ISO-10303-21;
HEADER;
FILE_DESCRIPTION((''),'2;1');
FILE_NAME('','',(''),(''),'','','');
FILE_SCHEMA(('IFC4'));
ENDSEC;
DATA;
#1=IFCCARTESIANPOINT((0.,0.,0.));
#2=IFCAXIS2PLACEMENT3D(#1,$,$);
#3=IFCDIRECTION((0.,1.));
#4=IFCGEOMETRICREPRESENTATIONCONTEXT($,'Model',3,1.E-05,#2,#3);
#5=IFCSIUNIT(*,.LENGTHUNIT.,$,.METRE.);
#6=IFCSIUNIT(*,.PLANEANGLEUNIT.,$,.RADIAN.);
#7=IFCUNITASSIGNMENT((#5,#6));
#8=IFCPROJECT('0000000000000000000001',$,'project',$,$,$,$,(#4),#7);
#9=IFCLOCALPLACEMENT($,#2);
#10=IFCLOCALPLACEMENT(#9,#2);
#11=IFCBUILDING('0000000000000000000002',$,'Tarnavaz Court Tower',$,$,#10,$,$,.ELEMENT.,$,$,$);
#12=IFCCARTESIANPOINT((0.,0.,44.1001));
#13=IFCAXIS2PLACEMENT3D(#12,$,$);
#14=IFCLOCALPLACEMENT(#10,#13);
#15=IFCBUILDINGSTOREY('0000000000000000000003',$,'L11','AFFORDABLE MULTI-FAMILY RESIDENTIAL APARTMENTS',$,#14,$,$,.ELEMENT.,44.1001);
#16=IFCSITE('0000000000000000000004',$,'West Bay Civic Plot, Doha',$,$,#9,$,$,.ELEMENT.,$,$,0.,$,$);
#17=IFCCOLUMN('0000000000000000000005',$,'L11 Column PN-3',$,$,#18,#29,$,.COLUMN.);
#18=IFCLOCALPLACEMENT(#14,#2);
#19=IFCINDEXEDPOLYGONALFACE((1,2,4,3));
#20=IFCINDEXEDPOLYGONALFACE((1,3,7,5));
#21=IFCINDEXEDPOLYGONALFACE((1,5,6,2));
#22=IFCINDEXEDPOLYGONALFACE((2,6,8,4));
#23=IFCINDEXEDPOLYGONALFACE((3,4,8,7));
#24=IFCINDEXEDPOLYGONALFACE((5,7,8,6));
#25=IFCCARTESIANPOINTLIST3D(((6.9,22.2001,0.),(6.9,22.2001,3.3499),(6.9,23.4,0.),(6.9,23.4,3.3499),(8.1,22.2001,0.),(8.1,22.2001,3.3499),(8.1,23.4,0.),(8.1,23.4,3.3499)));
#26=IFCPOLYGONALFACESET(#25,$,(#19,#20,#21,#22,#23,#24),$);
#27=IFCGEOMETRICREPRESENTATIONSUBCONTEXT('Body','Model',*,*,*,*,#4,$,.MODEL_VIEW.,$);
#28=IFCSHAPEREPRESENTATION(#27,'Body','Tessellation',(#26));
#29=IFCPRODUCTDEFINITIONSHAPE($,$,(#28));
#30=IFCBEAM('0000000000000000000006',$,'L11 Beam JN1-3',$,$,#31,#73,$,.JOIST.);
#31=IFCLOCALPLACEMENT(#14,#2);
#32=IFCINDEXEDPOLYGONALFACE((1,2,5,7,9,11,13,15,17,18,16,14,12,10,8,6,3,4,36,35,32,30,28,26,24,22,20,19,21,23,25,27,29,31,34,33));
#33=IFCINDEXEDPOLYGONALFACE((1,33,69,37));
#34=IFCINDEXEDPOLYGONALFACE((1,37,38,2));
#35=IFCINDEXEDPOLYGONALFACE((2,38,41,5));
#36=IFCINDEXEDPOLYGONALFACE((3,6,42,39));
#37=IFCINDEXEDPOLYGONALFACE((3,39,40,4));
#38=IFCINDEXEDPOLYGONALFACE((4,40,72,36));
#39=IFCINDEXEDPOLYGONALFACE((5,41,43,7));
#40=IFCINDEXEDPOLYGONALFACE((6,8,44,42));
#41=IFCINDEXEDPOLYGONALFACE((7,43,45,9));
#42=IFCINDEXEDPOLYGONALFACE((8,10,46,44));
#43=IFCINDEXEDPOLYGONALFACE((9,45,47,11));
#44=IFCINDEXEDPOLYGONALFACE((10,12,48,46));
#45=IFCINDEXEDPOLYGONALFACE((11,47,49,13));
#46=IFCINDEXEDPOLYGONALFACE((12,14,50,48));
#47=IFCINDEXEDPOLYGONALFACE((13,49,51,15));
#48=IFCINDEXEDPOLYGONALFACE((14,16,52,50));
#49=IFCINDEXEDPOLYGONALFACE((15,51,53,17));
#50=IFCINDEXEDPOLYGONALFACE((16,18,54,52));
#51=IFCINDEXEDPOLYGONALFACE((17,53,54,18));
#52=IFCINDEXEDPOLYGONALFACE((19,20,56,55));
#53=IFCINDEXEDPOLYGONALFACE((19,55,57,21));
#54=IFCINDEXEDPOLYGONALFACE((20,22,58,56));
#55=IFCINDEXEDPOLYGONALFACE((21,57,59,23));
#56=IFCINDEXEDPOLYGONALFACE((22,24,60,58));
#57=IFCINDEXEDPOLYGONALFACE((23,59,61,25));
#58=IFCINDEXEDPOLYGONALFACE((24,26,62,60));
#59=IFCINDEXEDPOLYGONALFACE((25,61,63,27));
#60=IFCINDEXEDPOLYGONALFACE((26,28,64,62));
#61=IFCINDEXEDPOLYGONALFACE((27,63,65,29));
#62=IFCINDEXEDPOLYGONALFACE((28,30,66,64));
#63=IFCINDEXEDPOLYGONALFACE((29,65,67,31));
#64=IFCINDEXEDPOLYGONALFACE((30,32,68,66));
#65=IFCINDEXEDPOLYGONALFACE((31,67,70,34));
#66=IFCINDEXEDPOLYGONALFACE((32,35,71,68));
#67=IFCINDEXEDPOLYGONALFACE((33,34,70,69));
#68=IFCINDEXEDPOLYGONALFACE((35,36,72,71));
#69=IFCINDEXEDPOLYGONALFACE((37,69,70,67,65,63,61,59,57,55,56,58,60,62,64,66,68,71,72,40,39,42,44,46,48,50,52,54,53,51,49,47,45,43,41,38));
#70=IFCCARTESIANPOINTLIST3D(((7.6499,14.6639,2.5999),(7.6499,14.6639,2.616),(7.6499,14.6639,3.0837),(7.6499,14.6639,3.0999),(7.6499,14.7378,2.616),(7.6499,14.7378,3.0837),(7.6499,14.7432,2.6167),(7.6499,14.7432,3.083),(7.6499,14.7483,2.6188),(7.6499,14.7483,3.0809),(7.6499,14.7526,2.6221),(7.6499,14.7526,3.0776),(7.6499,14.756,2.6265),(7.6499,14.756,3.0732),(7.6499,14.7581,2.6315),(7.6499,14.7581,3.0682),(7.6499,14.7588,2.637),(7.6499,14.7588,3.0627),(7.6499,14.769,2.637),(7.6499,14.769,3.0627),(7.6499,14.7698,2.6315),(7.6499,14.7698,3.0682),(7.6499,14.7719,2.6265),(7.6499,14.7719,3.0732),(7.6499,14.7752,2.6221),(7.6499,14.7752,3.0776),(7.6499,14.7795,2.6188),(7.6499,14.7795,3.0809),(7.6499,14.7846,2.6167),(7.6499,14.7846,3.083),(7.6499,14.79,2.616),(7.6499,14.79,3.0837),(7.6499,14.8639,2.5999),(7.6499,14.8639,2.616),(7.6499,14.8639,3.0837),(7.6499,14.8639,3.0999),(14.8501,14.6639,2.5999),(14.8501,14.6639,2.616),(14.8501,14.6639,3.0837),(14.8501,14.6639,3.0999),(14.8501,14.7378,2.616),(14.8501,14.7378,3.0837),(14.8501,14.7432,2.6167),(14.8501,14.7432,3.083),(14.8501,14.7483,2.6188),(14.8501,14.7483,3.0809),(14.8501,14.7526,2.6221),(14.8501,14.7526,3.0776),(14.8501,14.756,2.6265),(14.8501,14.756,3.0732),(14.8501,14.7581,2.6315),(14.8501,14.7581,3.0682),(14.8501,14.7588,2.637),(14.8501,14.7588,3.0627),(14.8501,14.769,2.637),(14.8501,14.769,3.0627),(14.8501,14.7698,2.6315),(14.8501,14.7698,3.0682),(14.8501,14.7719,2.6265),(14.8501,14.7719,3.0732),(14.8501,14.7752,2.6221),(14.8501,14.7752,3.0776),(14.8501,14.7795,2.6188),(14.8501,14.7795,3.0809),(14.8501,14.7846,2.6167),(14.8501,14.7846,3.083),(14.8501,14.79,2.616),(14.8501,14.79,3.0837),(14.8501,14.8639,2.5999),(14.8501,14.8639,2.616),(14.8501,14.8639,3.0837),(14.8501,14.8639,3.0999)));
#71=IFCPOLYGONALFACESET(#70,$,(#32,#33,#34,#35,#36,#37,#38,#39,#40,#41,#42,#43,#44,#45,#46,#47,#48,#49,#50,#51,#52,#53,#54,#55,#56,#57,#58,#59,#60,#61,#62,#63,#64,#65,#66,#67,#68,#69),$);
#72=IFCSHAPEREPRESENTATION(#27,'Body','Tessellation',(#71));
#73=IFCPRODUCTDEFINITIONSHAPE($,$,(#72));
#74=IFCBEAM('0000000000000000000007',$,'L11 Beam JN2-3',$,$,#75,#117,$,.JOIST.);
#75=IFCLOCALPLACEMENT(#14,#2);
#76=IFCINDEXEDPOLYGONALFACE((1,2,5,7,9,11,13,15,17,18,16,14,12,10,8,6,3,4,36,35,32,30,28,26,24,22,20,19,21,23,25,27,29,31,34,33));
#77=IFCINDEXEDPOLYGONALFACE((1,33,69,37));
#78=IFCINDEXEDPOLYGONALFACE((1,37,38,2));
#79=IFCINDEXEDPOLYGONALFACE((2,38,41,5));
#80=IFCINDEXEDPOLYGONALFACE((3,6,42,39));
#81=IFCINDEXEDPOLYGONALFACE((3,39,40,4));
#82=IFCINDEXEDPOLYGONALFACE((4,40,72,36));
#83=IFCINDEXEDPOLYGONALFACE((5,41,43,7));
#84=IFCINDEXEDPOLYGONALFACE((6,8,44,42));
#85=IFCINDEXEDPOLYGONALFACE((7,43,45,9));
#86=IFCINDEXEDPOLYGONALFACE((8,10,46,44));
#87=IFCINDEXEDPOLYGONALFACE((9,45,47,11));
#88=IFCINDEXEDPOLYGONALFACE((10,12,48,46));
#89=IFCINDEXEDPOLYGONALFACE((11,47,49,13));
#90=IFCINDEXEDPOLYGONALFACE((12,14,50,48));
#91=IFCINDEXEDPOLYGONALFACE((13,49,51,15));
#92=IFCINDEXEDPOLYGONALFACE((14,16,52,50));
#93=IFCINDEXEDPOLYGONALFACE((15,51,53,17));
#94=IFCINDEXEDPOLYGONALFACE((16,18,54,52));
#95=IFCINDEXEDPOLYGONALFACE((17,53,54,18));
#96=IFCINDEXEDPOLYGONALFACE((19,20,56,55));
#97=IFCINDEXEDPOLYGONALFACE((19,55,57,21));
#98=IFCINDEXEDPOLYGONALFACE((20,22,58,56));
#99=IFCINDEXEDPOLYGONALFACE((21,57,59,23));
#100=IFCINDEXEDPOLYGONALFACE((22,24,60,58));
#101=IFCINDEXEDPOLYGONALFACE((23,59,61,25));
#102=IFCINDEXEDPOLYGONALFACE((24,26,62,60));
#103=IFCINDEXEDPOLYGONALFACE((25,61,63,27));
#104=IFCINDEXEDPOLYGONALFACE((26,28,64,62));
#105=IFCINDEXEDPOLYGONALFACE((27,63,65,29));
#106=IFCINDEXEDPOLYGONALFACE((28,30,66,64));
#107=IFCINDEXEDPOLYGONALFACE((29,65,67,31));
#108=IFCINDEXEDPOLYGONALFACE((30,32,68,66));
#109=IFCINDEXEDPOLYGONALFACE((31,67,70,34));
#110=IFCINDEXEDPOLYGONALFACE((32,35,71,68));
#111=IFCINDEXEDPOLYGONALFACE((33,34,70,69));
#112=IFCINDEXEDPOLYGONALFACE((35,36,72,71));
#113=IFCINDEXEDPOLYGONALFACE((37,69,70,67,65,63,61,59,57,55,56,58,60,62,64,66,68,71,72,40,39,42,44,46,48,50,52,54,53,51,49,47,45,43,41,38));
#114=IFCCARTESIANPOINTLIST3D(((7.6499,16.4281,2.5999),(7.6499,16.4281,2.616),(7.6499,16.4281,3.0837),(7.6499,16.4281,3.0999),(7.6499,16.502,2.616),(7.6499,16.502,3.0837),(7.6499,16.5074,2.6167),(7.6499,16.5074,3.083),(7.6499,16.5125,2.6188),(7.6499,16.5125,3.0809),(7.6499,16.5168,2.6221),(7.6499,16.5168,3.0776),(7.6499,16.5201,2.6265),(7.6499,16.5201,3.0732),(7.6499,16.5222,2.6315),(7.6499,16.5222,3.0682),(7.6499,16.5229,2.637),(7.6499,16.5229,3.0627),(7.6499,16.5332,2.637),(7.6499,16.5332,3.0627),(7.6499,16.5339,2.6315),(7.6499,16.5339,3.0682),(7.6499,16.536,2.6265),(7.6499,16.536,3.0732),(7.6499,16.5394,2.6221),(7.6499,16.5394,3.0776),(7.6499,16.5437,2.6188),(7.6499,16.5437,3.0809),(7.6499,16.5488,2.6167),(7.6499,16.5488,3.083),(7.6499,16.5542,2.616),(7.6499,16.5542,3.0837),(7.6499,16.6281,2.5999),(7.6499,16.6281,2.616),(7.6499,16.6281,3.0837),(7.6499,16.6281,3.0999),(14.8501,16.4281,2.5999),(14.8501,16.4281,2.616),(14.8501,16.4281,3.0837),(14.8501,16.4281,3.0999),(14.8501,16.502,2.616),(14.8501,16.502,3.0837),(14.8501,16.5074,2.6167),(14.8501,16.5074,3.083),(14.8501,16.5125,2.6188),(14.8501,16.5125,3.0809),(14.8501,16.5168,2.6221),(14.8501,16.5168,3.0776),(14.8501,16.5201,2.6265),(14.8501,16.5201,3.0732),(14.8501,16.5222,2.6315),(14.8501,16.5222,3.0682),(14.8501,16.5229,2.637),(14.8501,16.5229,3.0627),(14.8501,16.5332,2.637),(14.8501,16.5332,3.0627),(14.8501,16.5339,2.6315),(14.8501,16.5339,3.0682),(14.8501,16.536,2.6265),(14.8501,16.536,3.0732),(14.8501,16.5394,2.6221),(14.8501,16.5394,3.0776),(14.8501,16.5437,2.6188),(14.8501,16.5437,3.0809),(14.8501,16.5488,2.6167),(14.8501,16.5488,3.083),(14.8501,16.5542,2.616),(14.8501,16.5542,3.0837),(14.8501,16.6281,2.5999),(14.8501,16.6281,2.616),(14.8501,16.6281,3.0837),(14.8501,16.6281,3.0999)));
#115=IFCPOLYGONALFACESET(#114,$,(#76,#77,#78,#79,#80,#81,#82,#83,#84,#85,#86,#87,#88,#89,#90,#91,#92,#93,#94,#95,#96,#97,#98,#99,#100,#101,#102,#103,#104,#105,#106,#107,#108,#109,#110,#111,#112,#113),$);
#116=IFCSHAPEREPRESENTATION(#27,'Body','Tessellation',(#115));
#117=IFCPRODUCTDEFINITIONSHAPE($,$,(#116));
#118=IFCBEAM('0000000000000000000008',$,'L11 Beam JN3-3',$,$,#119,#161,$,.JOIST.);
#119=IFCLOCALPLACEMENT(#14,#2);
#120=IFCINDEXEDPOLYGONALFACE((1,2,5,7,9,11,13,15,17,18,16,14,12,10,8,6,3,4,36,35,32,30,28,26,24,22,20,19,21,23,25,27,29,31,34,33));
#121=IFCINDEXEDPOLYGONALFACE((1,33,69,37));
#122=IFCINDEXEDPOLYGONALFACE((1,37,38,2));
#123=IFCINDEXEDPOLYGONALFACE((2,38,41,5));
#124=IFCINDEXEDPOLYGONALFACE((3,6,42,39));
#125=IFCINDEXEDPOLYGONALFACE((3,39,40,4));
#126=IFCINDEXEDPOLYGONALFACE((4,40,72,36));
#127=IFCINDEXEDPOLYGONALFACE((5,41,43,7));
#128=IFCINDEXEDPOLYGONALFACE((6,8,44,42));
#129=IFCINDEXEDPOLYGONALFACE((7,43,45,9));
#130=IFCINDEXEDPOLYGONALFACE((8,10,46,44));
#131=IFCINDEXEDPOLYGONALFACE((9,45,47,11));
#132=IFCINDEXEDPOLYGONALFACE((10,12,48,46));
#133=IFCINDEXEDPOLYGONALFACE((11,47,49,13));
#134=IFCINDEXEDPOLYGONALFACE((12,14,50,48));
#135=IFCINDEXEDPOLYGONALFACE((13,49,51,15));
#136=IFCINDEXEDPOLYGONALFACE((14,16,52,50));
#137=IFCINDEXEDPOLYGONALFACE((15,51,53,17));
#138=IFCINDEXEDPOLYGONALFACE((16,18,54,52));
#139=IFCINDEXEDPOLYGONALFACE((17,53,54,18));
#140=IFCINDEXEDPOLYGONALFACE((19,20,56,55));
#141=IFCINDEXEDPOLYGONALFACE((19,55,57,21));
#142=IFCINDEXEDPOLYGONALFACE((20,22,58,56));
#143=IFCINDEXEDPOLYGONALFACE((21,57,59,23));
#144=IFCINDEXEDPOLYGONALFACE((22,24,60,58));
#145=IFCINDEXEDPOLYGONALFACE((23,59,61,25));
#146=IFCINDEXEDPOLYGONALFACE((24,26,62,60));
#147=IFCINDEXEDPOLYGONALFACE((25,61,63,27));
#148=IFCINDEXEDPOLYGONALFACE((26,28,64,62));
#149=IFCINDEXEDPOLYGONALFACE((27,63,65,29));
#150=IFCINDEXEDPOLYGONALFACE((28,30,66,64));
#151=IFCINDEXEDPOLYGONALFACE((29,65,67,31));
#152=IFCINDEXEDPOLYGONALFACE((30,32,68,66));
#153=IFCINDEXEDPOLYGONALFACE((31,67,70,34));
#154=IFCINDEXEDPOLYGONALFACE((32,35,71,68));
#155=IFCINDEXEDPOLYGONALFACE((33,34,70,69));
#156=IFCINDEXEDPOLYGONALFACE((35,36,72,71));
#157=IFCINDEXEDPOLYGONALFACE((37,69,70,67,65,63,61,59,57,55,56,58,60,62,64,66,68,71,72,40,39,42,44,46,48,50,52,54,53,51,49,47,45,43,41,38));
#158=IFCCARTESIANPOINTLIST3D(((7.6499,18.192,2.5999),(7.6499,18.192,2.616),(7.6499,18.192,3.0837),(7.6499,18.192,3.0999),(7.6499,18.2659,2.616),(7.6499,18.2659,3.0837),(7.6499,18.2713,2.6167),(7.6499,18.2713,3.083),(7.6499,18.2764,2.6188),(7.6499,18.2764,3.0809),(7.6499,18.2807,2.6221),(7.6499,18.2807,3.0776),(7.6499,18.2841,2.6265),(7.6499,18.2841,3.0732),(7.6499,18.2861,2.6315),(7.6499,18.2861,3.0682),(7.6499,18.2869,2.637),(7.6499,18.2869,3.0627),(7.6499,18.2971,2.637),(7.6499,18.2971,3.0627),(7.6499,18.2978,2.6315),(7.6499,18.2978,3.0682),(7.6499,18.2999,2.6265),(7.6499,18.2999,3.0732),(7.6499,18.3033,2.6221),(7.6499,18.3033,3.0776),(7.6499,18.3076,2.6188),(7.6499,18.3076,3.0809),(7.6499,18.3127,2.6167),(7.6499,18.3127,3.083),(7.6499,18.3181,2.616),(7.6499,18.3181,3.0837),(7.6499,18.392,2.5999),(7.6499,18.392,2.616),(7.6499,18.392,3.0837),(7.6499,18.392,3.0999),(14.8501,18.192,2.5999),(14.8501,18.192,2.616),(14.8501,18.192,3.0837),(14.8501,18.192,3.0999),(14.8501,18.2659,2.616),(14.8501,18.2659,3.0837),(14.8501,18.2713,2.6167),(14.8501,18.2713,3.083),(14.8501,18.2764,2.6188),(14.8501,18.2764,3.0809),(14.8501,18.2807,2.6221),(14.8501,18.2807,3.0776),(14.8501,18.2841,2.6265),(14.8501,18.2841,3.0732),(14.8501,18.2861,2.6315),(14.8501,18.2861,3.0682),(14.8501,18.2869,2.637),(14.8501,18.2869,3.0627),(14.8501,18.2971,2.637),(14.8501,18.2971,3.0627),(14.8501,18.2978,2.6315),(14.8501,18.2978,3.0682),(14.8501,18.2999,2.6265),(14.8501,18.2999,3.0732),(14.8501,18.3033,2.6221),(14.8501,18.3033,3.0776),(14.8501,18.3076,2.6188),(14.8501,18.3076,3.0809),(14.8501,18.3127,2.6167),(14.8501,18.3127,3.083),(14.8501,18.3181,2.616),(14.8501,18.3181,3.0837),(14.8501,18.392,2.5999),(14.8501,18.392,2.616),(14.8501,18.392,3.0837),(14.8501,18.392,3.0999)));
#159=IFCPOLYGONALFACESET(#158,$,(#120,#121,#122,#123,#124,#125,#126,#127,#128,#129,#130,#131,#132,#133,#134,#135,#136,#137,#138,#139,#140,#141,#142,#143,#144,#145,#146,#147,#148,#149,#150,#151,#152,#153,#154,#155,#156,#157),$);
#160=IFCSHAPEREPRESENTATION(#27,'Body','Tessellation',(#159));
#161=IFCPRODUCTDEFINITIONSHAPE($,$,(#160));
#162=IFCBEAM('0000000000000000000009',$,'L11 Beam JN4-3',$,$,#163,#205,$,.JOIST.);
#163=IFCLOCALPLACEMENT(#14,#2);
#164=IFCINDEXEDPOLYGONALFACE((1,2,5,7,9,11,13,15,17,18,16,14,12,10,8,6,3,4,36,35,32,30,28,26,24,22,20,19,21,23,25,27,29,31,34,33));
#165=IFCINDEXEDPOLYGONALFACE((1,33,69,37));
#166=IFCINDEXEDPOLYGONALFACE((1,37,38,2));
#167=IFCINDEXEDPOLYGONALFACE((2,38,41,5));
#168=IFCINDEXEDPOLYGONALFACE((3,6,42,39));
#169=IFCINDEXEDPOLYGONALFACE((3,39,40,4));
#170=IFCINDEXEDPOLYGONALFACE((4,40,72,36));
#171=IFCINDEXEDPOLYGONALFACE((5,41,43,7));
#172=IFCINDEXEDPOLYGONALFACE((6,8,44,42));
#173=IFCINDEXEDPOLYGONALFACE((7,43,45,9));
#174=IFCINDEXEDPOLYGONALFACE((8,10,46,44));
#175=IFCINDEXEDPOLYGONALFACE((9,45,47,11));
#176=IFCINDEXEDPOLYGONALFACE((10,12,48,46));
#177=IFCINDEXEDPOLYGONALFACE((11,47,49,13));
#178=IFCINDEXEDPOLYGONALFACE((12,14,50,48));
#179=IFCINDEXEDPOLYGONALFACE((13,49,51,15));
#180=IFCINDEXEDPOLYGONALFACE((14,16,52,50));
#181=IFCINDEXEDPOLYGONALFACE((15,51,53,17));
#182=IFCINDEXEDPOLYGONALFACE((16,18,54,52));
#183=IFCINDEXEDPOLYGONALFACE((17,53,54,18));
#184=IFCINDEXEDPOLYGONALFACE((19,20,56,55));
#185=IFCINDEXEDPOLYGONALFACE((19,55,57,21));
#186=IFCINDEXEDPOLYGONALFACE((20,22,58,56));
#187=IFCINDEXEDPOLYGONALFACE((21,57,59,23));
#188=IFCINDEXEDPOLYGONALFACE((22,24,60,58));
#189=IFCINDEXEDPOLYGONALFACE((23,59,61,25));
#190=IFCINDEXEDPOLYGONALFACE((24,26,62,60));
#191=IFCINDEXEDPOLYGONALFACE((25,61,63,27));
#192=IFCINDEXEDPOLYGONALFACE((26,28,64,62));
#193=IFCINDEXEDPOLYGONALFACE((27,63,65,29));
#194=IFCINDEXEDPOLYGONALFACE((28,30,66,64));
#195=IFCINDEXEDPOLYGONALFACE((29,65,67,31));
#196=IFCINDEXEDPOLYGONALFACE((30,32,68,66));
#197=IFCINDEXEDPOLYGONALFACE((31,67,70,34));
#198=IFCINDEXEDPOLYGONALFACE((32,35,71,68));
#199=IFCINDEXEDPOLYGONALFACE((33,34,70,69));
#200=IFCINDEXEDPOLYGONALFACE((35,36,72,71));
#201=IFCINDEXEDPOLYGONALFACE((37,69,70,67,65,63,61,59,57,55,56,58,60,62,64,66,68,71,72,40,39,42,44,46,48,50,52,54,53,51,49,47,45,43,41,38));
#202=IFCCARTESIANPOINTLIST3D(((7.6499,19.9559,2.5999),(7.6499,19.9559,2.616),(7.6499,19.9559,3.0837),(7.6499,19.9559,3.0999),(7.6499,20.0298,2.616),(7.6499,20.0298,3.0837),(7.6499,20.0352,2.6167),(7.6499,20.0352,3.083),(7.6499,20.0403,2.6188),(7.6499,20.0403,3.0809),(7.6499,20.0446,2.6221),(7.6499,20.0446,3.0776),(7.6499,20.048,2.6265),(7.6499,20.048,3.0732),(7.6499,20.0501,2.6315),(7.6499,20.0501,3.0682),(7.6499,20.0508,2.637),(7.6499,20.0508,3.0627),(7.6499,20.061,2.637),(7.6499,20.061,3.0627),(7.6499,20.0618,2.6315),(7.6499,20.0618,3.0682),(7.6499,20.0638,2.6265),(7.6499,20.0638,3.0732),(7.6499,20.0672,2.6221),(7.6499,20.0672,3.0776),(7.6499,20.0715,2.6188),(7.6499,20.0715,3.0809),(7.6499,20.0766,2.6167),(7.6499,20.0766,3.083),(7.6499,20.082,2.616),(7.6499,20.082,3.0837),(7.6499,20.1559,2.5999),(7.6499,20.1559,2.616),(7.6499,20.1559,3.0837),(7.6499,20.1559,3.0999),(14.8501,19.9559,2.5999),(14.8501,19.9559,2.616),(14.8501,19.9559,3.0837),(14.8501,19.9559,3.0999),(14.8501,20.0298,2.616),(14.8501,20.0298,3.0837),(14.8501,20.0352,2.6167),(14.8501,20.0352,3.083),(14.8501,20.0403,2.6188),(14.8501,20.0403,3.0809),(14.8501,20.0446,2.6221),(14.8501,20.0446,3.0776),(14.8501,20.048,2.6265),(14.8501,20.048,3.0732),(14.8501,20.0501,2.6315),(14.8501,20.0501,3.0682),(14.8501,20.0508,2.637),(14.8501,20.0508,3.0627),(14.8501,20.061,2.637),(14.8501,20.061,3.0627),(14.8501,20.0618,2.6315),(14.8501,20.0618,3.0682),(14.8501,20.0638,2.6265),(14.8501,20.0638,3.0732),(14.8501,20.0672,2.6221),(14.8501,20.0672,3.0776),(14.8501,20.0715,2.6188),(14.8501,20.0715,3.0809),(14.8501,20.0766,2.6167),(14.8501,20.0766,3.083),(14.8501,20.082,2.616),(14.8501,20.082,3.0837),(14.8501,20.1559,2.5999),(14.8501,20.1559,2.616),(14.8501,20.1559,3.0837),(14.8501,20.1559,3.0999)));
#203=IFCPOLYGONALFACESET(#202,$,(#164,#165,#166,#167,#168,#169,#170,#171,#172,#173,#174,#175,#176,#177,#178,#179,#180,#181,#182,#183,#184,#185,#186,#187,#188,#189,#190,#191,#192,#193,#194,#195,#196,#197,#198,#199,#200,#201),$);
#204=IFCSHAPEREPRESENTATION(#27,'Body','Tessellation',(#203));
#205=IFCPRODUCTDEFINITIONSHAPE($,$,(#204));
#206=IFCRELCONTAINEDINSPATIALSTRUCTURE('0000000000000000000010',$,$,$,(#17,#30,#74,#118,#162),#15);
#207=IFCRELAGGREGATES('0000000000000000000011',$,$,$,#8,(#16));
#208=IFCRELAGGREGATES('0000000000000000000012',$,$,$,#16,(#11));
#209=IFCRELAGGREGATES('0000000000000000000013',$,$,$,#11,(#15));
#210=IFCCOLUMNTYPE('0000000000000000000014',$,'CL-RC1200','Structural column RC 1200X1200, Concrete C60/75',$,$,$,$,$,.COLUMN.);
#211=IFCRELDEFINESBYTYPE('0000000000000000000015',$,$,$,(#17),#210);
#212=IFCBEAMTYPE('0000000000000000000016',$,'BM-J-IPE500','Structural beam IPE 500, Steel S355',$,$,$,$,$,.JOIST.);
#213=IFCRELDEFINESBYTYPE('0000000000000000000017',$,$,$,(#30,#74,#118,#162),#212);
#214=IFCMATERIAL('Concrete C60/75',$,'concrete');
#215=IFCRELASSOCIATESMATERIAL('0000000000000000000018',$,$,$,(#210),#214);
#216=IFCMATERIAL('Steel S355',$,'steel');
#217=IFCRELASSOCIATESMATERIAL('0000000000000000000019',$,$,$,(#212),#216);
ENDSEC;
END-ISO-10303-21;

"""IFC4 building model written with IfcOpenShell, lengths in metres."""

from ifc_helpers import new_model, si_unit, direction, frame, origin, origin_2d, place, context, subcontext, project, spatial, rectangle, i_section, extrude, material, material_profile, profile_set, type_object, element, save


model = new_model("IFC4")

# Units and contexts
model_context = context("Model", 3, precision=1e-05, world=origin(), true_north=direction((0.0, 1.0)))
body_context = subcontext(model_context, "Body", "Model", "MODEL_VIEW")
ifc_project = project(units=[si_unit("LENGTHUNIT", "METRE"), si_unit("PLANEANGLEUNIT", "RADIAN")], contexts=[model_context])

# Site, building, storey
site_placement = place(None, origin())
site = spatial("IfcSite", under=ifc_project, at=site_placement, Name="West Bay Civic Plot, Doha", CompositionType="ELEMENT", RefElevation=0.0)
building_placement = place(site_placement, origin())
building = spatial("IfcBuilding", under=site, at=building_placement, Name="Tarnavaz Court Tower", CompositionType="ELEMENT")
storey_placement = place(building_placement, frame((0.0, 0.0, 44.1001)))
storey = spatial("IfcBuildingStorey", under=building, at=storey_placement, Name="L11", Description="AFFORDABLE MULTI-FAMILY RESIDENTIAL APARTMENTS", CompositionType="ELEMENT", Elevation=44.1001)

# Column
ifc_material_1 = material(Name="Concrete C60/75", Category="concrete")
ifc_material_profile_1 = material_profile(ifc_material_1, rectangle(XDim=1.2, YDim=1.2, at=origin_2d()), Name="RC 1200X1200")
ifc_profile_set_1 = profile_set([ifc_material_profile_1], Name="Concrete C60/75")
column_type = type_object("IfcColumnType", Name="CL-RC1200", Description="Structural column RC 1200X1200, Concrete C60/75", PredefinedType="COLUMN", material=ifc_profile_set_1)
column_placement = place(storey_placement, frame((7.5, 22.8, 0.0), z_axis=(0.0, 0.0, 1.0), x_axis=(1.0, 0.0, 0.0)))
element("IfcColumn", 1, at=column_placement, inside=storey, type_object=column_type, Name="L11 Column PN-3", PredefinedType="COLUMN", context=body_context, shape_type="SweptSolid", body=[
    extrude(rectangle(XDim=1.2, YDim=1.2, at=origin_2d()), origin(), (0.0, 0.0, 1.0), 3.3499),
])

# Beams
ifc_material_2 = material(Name="Steel S355", Category="steel")
ifc_material_profile_2 = material_profile(ifc_material_2, i_section(OverallWidth=0.2, OverallDepth=0.5, WebThickness=0.0103, FlangeThickness=0.0161, FilletRadius=0.021, at=origin_2d()), Name="IPE 500")
ifc_profile_set_2 = profile_set([ifc_material_profile_2], Name="Steel S355")
beam_type_1 = type_object("IfcBeamType", Name="BM-J-IPE500", Description="Structural beam IPE 500, Steel S355", PredefinedType="JOIST", material=ifc_profile_set_2)
for number, where, z_axis, x_axis, name in (
    (2, (7.6499, 14.7639, 2.8499), (1.0, 0.0, 0.0), (0.0, 1.0, 0.0), "L11 Beam JN1-3"),
    (3, (7.6499, 16.5281, 2.8499), (1.0, 0.0, 0.0), (0.0, 1.0, 0.0), "L11 Beam JN2-3"),
    (4, (7.6499, 18.292, 2.8499), (1.0, 0.0, 0.0), (0.0, 1.0, 0.0), "L11 Beam JN3-3"),
    (5, (7.6499, 20.0559, 2.8499), (1.0, 0.0, 0.0), (0.0, 1.0, 0.0), "L11 Beam JN4-3"),
):
    element("IfcBeam", number, at=place(storey_placement, frame(where, z_axis=z_axis, x_axis=x_axis)), inside=storey, type_object=beam_type_1, Name=name, PredefinedType="JOIST", context=body_context, shape_type="SweptSolid", body=[
        extrude(i_section(OverallWidth=0.2, OverallDepth=0.5, WebThickness=0.0103, FlangeThickness=0.0161, FilletRadius=0.021, at=origin_2d()), origin(), (0.0, 0.0, 1.0), 7.2002),
    ])

save(model, "model.ifc")
